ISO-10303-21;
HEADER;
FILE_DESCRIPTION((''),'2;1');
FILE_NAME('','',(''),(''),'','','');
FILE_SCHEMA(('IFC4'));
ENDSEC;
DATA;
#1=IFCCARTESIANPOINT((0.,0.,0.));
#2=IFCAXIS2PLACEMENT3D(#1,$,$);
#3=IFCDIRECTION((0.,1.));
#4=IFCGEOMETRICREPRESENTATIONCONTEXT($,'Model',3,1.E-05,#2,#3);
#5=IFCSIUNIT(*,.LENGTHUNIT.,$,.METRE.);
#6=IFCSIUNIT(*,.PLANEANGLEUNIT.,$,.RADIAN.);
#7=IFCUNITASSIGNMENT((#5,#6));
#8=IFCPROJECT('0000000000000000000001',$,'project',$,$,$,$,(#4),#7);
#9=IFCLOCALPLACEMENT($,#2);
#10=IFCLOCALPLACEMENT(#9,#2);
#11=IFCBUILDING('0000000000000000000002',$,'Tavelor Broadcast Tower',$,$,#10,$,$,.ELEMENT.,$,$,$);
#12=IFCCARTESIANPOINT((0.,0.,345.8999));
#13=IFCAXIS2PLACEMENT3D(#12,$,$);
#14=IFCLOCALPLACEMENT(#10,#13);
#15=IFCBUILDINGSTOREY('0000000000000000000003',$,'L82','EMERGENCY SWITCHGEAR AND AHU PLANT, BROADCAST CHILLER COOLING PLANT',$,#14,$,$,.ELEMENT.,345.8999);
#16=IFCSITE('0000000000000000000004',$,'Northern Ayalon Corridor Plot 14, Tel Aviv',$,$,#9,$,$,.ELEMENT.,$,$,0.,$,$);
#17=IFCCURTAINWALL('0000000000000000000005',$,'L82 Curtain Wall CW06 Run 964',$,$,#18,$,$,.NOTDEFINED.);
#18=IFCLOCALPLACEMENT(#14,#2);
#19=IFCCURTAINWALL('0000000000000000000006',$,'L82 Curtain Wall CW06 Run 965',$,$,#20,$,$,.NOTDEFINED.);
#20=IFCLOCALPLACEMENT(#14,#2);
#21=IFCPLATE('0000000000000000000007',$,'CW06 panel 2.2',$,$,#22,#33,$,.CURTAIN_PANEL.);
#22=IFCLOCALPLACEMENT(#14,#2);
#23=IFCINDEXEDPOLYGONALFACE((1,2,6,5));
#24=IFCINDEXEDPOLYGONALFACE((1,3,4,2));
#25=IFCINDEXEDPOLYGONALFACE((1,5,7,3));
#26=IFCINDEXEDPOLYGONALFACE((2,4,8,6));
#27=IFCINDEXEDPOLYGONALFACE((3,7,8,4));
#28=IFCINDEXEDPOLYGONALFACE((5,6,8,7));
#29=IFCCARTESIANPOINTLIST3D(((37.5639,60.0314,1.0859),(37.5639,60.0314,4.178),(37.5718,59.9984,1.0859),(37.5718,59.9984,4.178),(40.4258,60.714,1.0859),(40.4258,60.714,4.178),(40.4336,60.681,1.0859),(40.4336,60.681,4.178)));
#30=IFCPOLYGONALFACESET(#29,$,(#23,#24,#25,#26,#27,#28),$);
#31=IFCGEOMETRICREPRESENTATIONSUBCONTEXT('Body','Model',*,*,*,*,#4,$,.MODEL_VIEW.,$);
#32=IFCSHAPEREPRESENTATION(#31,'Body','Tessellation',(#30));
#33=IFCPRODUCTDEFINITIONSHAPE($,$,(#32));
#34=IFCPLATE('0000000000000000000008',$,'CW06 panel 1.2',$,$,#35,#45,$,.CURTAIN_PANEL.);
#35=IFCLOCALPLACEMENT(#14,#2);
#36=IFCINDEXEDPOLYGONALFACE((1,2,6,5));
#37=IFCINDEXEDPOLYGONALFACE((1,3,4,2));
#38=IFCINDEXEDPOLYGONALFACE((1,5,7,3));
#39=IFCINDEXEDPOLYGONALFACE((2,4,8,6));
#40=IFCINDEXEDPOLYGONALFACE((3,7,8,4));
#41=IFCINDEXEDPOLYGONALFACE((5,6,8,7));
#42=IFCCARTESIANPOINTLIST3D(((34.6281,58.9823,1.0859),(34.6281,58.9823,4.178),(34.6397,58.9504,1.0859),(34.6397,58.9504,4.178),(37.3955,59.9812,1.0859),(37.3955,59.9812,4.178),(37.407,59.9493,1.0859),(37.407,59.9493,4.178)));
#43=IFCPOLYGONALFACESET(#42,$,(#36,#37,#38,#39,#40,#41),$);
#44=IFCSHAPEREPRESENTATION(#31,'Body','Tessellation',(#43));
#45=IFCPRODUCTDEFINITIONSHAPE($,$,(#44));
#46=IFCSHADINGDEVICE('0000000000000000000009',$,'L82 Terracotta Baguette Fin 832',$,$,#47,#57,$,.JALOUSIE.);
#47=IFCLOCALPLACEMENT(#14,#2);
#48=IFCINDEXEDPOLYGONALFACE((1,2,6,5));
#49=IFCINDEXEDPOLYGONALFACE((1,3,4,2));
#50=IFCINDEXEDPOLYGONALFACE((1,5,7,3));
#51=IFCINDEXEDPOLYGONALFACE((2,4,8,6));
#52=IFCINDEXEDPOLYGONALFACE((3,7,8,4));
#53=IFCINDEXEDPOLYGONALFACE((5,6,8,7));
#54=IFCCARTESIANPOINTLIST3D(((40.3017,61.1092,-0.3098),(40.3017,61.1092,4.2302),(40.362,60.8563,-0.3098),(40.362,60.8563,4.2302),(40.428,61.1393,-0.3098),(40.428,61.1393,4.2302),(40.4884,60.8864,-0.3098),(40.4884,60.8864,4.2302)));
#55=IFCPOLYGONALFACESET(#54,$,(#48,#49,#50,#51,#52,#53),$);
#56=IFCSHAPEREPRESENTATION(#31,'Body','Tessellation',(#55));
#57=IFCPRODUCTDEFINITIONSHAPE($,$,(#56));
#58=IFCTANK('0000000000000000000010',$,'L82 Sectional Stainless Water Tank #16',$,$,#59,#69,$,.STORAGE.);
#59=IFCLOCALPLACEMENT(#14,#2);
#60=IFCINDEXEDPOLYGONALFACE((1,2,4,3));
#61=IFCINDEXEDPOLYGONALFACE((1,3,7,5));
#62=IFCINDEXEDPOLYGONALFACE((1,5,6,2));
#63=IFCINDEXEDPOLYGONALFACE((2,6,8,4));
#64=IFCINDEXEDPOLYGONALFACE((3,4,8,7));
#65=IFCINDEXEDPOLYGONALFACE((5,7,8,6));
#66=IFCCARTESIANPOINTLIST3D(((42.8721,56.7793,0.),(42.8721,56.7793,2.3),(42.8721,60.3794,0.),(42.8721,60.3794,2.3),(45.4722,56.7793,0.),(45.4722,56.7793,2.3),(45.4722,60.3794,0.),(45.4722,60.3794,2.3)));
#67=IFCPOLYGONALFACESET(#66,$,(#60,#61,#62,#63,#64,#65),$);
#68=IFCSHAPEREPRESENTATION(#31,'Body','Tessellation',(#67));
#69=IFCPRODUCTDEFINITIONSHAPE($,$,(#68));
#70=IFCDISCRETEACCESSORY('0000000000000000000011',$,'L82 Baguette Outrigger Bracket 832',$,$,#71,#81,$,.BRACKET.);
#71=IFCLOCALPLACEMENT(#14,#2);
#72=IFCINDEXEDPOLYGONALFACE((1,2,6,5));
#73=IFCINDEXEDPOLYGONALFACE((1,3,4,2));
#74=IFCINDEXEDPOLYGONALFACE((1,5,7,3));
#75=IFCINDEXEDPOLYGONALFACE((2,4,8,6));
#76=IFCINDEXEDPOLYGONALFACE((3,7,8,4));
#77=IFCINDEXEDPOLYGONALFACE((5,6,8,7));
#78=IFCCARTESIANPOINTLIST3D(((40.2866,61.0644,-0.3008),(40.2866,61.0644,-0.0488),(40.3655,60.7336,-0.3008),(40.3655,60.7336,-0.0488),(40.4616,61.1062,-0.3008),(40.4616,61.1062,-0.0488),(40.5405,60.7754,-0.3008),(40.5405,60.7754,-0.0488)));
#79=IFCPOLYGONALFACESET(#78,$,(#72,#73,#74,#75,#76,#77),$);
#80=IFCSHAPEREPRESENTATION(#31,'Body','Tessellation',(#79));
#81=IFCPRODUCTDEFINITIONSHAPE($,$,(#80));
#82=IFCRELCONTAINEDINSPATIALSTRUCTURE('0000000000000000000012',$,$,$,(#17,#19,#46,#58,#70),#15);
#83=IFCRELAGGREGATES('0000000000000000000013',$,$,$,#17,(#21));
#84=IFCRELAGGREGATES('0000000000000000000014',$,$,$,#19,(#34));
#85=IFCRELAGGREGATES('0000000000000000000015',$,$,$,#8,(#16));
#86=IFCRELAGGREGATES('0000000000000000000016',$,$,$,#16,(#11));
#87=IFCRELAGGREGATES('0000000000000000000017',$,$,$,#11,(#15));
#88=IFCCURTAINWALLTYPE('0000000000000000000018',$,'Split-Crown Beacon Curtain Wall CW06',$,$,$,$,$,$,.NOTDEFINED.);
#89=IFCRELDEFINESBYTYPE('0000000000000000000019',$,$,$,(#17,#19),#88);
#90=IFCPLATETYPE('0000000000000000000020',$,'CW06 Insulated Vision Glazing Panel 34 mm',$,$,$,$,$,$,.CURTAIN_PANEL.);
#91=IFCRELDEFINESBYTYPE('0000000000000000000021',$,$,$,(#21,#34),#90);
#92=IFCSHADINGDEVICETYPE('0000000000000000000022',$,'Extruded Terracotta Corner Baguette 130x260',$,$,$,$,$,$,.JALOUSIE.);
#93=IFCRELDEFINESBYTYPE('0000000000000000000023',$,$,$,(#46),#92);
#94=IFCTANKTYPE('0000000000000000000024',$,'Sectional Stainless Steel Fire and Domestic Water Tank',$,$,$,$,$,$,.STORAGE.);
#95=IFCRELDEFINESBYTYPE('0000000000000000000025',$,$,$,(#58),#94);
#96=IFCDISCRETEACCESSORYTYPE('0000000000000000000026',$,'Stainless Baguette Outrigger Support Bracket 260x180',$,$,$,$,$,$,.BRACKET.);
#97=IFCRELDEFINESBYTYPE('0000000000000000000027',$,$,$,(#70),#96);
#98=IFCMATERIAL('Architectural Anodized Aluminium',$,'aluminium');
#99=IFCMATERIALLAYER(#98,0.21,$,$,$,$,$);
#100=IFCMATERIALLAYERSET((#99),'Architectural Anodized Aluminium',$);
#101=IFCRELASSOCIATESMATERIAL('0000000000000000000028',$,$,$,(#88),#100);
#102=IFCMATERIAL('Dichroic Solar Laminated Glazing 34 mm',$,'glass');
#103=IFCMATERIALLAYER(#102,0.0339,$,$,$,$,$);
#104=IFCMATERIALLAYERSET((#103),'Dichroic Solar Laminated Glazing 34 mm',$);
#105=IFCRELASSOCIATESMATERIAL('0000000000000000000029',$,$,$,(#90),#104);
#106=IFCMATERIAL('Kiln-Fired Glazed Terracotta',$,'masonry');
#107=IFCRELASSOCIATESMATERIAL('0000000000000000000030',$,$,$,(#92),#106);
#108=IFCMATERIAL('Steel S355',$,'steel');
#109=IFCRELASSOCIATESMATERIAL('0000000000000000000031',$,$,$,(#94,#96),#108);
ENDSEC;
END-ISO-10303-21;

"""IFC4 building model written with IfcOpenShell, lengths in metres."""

from ifc_helpers import new_model, si_unit, direction, frame, origin, origin_2d, place, context, subcontext, project, spatial, rectangle, extrude, source, transform, mapped, material, layer, layer_set, type_object, type_shapes, element, aggregate, save


model = new_model("IFC4")

# Units and contexts
model_context = context("Model", 3, precision=1e-05, world=origin(), true_north=direction((0.0, 1.0)))
body_context = subcontext(model_context, "Body", "Model", "MODEL_VIEW")
ifc_project = project(units=[si_unit("LENGTHUNIT", "METRE"), si_unit("PLANEANGLEUNIT", "RADIAN")], contexts=[model_context])

# Site, building, storey
site_placement = place(None, origin())
site = spatial("IfcSite", under=ifc_project, at=site_placement, Name="Northern Ayalon Corridor Plot 14, Tel Aviv", CompositionType="ELEMENT", RefElevation=0.0)
building_placement = place(site_placement, origin())
building = spatial("IfcBuilding", under=site, at=building_placement, Name="Tavelor Broadcast Tower", CompositionType="ELEMENT")
storey_placement = place(building_placement, frame((0.0, 0.0, 345.8999)))
storey = spatial("IfcBuildingStorey", under=building, at=storey_placement, Name="L82", Description="EMERGENCY SWITCHGEAR AND AHU PLANT, BROADCAST CHILLER COOLING PLANT", CompositionType="ELEMENT", Elevation=345.8999)

# Shared definitions
ifc_material_1 = material(Name="Steel S355", Category="steel")

# Shared definitions
ifc_material_2 = material(Name="Architectural Anodized Aluminium", Category="aluminium")
ifc_layer_1 = layer(ifc_material_2, 0.21)
ifc_layer_set_1 = layer_set([ifc_layer_1], Name="Architectural Anodized Aluminium")
curtain_wall_type = type_object("IfcCurtainWallType", Name="Split-Crown Beacon Curtain Wall CW06", PredefinedType="NOTDEFINED", material=ifc_layer_set_1)

# Curtain walls
curtain_wall_1_placement = place(storey_placement, origin())
curtain_wall_1 = element("IfcCurtainWall", 1, at=curtain_wall_1_placement, inside=storey, type_object=curtain_wall_type, Name="L82 Curtain Wall CW06 Run 964", PredefinedType="NOTDEFINED")
curtain_wall_2_placement = place(storey_placement, origin())
curtain_wall_2 = element("IfcCurtainWall", 2, at=curtain_wall_2_placement, inside=storey, type_object=curtain_wall_type, Name="L82 Curtain Wall CW06 Run 965", PredefinedType="NOTDEFINED")

# Plates
ifc_material_3 = material(Name="Dichroic Solar Laminated Glazing 34 mm", Category="glass")
ifc_layer_2 = layer(ifc_material_3, 0.0339)
ifc_layer_set_2 = layer_set([ifc_layer_2], Name="Dichroic Solar Laminated Glazing 34 mm")
plate_type_1 = type_object("IfcPlateType", Name="CW06 Insulated Vision Glazing Panel 34 mm", PredefinedType="CURTAIN_PANEL", material=ifc_layer_set_2)
shared_shape_1 = source(origin(), body_context, "Body", "SweptSolid", [
    extrude(rectangle(XDim=2.9421, YDim=0.0339, at=origin_2d()), origin(), (0.0, 0.0, 1.0), 3.092),
])
plate_1_placement = place(storey_placement, frame((38.9988, 60.3562, 1.0859), z_axis=(0.0, 0.0, 1.0), x_axis=(-0.97271, -0.232022, 0.0)))
plate_1 = element("IfcPlate", 3, at=plate_1_placement, type_object=plate_type_1, Name="CW06 panel 2.2", PredefinedType="CURTAIN_PANEL", context=body_context, shape_type="MappedRepresentation", body=[
    mapped(shared_shape_1, transform((0.0, 0.0, 0.0), scale=1.0)),
])
aggregate(curtain_wall_1, [plate_1])
plate_2_placement = place(storey_placement, frame((36.0176, 59.4658, 1.0859), z_axis=(0.0, 0.0, 1.0), x_axis=(-0.940597, -0.339526, 0.0)))
plate_2 = element("IfcPlate", 4, at=plate_2_placement, type_object=plate_type_1, Name="CW06 panel 1.2", PredefinedType="CURTAIN_PANEL", context=body_context, shape_type="MappedRepresentation", body=[
    mapped(shared_shape_1, transform((0.0, 0.0, 0.0), scale=1.0)),
])
aggregate(curtain_wall_2, [plate_2])

# Shading device
ifc_material_4 = material(Name="Kiln-Fired Glazed Terracotta", Category="masonry")
shading_device_type = type_object("IfcShadingDeviceType", Name="Extruded Terracotta Corner Baguette 130x260", PredefinedType="JALOUSIE", material=ifc_material_4)
shared_shape_2 = source(origin(), body_context, "Body", "SweptSolid", [
    extrude(rectangle(XDim=0.1299, YDim=0.26, at=origin_2d()), origin(), (0.0, 0.0, 1.0), 4.54),
])
type_shapes(shading_device_type, [shared_shape_2])
shading_device_placement = place(storey_placement, frame((40.395, 60.9978, -0.3098), z_axis=(0.0, 0.0, 1.0), x_axis=(-0.972695, -0.232087, 0.0)))
element("IfcShadingDevice", 5, at=shading_device_placement, inside=storey, type_object=shading_device_type, Name="L82 Terracotta Baguette Fin 832", PredefinedType="JALOUSIE", context=body_context, shape_type="MappedRepresentation", body=[
    mapped(shared_shape_2, transform((0.0, 0.0, 0.0), scale=1.0)),
])

# Tank
tank_type = type_object("IfcTankType", Name="Sectional Stainless Steel Fire and Domestic Water Tank", PredefinedType="STORAGE", material=ifc_material_1)
tank_placement = place(storey_placement, frame((44.1721, 58.5793, 0.0), z_axis=(0.0, 0.0, 1.0), x_axis=(1.0, 0.0, 0.0)))
element("IfcTank", 6, at=tank_placement, inside=storey, type_object=tank_type, Name="L82 Sectional Stainless Water Tank #16", PredefinedType="STORAGE", context=body_context, shape_type="SweptSolid", body=[
    extrude(rectangle(XDim=2.6001, YDim=3.6001, at=origin_2d()), origin(), (0.0, 0.0, 1.0), 2.3),
])

# Discrete accessory
discrete_accessory_type = type_object("IfcDiscreteAccessoryType", Name="Stainless Baguette Outrigger Support Bracket 260x180", PredefinedType="BRACKET", material=ifc_material_1)
shared_shape_3 = source(origin(), body_context, "Body", "SweptSolid", [
    extrude(rectangle(XDim=0.1799, YDim=0.3401, at=origin_2d()), origin(), (0.0, 0.0, 1.0), 0.252),
])
type_shapes(discrete_accessory_type, [shared_shape_3])
discrete_accessory_placement = place(storey_placement, frame((40.4136, 60.9199, -0.3008), z_axis=(0.0, 0.0, 1.0), x_axis=(-0.972695, -0.232087, 0.0)))
element("IfcDiscreteAccessory", 7, at=discrete_accessory_placement, inside=storey, type_object=discrete_accessory_type, Name="L82 Baguette Outrigger Bracket 832", PredefinedType="BRACKET", context=body_context, shape_type="MappedRepresentation", body=[
    mapped(shared_shape_3, transform((0.0, 0.0, 0.0), scale=1.0)),
])

save(model, "model.ifc")
